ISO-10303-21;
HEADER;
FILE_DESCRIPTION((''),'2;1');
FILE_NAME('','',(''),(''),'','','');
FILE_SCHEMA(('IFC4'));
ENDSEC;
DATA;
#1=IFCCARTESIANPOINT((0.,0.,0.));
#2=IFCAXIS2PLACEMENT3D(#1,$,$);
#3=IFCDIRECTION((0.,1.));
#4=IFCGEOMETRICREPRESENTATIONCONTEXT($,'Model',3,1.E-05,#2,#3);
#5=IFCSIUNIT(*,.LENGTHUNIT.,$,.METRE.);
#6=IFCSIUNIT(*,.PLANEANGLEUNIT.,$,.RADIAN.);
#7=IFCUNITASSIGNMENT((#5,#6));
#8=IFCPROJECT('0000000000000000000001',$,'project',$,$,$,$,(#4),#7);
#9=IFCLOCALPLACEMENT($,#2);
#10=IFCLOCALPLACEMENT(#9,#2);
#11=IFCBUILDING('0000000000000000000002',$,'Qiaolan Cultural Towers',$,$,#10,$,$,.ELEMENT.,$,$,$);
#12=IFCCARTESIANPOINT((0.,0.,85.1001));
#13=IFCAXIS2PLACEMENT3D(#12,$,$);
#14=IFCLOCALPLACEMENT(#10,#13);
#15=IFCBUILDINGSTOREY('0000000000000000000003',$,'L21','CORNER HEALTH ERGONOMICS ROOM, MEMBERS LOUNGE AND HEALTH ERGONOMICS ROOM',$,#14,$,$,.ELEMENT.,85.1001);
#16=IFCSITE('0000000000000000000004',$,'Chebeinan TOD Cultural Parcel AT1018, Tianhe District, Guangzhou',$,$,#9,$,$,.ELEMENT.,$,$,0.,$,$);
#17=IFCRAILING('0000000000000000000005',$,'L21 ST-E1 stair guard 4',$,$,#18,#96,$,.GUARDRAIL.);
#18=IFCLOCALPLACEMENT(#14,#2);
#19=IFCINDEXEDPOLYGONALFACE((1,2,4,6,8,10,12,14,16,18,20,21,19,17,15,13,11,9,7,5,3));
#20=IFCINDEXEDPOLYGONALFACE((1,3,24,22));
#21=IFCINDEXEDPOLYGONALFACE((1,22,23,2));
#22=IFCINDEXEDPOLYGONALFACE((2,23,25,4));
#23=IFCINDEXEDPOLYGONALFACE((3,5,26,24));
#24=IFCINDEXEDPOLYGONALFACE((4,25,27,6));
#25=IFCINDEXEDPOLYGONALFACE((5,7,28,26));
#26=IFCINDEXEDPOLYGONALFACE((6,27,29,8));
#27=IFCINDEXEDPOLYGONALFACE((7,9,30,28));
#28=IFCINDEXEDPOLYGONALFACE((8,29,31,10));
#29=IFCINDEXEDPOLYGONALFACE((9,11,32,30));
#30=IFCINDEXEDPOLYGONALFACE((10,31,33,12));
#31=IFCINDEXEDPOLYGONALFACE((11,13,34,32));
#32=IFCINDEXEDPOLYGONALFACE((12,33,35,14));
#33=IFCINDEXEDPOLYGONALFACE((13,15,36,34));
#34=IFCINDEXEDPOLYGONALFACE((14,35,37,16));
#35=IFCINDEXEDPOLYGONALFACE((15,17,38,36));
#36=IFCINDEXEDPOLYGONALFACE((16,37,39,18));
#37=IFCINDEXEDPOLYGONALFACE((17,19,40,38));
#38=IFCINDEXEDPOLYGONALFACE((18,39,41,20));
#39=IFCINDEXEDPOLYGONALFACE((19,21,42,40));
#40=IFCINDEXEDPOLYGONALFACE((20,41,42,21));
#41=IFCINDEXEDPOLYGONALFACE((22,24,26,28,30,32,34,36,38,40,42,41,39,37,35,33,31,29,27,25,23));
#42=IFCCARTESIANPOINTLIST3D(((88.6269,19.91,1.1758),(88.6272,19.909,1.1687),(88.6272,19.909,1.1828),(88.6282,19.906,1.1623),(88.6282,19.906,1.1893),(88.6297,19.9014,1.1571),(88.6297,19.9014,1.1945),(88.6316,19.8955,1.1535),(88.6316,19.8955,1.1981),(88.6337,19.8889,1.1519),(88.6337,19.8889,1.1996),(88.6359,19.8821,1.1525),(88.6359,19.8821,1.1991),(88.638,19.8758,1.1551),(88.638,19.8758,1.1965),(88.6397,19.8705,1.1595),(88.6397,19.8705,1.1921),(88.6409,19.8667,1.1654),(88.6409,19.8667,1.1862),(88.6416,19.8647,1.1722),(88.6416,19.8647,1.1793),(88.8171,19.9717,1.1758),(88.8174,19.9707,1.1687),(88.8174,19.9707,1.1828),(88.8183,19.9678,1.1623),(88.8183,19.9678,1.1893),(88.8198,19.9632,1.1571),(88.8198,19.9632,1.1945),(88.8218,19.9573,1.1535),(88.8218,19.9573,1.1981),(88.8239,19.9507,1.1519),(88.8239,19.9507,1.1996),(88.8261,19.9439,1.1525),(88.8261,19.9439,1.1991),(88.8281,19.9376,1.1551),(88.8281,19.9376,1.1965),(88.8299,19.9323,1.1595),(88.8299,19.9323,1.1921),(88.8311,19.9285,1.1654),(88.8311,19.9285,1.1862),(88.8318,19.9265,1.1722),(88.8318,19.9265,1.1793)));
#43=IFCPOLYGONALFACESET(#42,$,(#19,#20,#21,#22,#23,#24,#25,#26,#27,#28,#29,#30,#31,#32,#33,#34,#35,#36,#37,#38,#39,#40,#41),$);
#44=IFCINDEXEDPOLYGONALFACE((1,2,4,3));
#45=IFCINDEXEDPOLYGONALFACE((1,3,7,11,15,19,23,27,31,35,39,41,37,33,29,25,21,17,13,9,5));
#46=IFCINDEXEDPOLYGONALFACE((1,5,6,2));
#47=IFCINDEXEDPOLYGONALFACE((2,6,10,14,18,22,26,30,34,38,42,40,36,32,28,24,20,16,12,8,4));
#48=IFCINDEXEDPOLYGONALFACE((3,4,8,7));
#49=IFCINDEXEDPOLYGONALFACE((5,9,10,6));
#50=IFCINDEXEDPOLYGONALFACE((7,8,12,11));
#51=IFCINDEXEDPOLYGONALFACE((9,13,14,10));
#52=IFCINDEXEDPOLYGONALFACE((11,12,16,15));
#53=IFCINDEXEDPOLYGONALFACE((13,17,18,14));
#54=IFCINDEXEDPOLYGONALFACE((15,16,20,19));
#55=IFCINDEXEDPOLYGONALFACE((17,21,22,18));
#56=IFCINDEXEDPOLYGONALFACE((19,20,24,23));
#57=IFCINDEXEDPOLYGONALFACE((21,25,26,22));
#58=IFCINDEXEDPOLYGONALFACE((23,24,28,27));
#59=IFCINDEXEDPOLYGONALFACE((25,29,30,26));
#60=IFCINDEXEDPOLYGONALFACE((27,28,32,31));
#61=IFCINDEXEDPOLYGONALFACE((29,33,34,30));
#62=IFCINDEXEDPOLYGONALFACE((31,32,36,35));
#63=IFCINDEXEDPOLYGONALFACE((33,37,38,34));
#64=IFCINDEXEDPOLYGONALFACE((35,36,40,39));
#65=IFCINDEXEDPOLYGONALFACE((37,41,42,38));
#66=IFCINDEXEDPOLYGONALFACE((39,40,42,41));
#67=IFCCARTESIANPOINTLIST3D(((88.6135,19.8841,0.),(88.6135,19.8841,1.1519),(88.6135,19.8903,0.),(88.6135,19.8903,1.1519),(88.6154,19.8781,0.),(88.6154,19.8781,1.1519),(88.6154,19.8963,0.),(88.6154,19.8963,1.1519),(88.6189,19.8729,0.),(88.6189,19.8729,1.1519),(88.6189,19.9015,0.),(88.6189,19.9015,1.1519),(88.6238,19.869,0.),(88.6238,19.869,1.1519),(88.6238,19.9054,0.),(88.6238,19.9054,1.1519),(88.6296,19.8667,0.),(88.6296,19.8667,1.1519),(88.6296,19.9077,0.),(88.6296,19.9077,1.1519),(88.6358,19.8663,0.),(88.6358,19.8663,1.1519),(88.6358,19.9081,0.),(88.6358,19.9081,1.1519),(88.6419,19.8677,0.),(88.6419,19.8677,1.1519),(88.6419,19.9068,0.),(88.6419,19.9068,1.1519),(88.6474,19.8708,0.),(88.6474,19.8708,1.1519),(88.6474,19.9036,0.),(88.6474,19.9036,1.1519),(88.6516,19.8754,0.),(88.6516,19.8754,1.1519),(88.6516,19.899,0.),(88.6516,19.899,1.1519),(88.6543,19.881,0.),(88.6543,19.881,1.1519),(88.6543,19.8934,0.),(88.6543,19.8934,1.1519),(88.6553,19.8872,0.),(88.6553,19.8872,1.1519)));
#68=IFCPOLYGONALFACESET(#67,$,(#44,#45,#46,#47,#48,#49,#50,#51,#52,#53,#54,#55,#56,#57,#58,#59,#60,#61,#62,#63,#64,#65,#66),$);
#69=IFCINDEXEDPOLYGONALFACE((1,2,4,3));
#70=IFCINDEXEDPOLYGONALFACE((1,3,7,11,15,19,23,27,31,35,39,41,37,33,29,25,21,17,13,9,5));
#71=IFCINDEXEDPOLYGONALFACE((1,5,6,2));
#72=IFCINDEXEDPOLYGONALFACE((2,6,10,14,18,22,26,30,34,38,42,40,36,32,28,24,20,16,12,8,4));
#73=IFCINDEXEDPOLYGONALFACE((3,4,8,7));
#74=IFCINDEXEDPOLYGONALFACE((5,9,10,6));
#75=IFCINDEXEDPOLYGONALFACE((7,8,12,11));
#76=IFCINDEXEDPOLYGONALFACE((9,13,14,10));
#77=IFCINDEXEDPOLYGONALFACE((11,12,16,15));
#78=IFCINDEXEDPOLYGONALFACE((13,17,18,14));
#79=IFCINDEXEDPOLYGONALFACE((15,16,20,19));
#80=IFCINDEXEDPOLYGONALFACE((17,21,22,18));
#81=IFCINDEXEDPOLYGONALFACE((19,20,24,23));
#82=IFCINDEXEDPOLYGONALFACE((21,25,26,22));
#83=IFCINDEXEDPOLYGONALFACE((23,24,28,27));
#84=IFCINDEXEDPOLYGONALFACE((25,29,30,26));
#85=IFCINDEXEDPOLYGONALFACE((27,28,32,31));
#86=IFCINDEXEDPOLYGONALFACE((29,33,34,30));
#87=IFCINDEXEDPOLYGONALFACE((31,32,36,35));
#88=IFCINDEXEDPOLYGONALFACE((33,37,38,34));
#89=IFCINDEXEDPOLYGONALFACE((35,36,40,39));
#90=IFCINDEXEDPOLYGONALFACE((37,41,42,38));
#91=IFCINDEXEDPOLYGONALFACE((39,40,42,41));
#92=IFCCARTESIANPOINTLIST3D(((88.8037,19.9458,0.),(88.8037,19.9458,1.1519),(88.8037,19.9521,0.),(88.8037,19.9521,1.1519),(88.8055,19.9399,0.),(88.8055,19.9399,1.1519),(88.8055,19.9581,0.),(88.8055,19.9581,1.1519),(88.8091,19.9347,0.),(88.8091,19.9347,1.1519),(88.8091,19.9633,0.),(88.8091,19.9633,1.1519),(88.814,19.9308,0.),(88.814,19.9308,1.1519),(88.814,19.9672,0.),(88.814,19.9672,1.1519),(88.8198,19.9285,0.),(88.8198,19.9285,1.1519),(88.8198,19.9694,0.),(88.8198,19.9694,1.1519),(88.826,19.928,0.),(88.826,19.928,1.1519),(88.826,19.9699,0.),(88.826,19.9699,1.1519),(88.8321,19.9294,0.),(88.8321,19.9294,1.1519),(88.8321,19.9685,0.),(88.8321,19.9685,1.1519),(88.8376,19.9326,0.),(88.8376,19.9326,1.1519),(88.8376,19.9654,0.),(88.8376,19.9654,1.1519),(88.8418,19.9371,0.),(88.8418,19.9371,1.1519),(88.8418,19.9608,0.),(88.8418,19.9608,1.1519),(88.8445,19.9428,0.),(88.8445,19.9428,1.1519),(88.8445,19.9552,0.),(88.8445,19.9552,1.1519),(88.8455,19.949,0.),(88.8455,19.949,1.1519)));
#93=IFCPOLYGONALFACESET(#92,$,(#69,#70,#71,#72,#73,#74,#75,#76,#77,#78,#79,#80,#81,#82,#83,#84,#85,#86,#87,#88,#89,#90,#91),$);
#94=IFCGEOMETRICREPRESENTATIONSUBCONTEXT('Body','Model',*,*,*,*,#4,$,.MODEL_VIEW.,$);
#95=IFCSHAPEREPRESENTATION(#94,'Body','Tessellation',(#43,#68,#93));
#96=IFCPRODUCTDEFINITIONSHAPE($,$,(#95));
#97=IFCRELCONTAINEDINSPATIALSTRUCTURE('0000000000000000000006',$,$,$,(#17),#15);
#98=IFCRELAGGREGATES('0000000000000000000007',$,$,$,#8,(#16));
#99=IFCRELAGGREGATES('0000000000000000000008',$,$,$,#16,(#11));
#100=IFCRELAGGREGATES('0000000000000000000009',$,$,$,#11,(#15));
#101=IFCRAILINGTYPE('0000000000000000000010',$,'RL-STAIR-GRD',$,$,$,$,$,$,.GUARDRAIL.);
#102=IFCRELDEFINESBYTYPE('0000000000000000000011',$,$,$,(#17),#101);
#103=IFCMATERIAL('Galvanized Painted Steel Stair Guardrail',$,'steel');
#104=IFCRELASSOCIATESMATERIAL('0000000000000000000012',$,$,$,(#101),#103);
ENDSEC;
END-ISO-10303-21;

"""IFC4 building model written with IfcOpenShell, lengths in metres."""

from ifc_helpers import new_model, si_unit, direction, frame, origin, origin_2d, place, context, subcontext, project, spatial, circle, extrude, material, type_object, element, save


model = new_model("IFC4")

# Units and contexts
model_context = context("Model", 3, precision=1e-05, world=origin(), true_north=direction((0.0, 1.0)))
body_context = subcontext(model_context, "Body", "Model", "MODEL_VIEW")
ifc_project = project(units=[si_unit("LENGTHUNIT", "METRE"), si_unit("PLANEANGLEUNIT", "RADIAN")], contexts=[model_context])

# Site, building, storey
site_placement = place(None, origin())
site = spatial("IfcSite", under=ifc_project, at=site_placement, Name="Chebeinan TOD Cultural Parcel AT1018, Tianhe District, Guangzhou", CompositionType="ELEMENT", RefElevation=0.0)
building_placement = place(site_placement, origin())
building = spatial("IfcBuilding", under=site, at=building_placement, Name="Qiaolan Cultural Towers", CompositionType="ELEMENT")
storey_placement = place(building_placement, frame((0.0, 0.0, 85.1001)))
storey = spatial("IfcBuildingStorey", under=building, at=storey_placement, Name="L21", Description="CORNER HEALTH ERGONOMICS ROOM, MEMBERS LOUNGE AND HEALTH ERGONOMICS ROOM", CompositionType="ELEMENT", Elevation=85.1001)

# Railing
ifc_material_1 = material(Name="Galvanized Painted Steel Stair Guardrail", Category="steel")
railing_type_1 = type_object("IfcRailingType", Name="RL-STAIR-GRD", PredefinedType="GUARDRAIL", material=ifc_material_1)
railing_1_placement = place(storey_placement, frame((88.6343, 19.8872, 0.0)))
element("IfcRailing", 1, at=railing_1_placement, inside=storey, type_object=railing_type_1, Name="L21 ST-E1 stair guard 4", PredefinedType="GUARDRAIL", context=body_context, shape_type="SweptSolid", body=[
    extrude(circle(Radius=0.0239, at=origin_2d()), frame((0.0, 0.0, 1.1758), z_axis=(0.951097, 0.308893, 0.0), x_axis=(-0.308893, 0.951097, 0.0)), (0.0, 0.0, 1.0), 0.2),
    extrude(circle(Radius=0.021, at=origin_2d()), origin(), (0.0, 0.0, 1.0), 1.1519),
    extrude(circle(Radius=0.021, at=origin_2d()), frame((0.1902, 0.0618, 0.0)), (0.0, 0.0, 1.0), 1.1519),
])

save(model, "model.ifc")
